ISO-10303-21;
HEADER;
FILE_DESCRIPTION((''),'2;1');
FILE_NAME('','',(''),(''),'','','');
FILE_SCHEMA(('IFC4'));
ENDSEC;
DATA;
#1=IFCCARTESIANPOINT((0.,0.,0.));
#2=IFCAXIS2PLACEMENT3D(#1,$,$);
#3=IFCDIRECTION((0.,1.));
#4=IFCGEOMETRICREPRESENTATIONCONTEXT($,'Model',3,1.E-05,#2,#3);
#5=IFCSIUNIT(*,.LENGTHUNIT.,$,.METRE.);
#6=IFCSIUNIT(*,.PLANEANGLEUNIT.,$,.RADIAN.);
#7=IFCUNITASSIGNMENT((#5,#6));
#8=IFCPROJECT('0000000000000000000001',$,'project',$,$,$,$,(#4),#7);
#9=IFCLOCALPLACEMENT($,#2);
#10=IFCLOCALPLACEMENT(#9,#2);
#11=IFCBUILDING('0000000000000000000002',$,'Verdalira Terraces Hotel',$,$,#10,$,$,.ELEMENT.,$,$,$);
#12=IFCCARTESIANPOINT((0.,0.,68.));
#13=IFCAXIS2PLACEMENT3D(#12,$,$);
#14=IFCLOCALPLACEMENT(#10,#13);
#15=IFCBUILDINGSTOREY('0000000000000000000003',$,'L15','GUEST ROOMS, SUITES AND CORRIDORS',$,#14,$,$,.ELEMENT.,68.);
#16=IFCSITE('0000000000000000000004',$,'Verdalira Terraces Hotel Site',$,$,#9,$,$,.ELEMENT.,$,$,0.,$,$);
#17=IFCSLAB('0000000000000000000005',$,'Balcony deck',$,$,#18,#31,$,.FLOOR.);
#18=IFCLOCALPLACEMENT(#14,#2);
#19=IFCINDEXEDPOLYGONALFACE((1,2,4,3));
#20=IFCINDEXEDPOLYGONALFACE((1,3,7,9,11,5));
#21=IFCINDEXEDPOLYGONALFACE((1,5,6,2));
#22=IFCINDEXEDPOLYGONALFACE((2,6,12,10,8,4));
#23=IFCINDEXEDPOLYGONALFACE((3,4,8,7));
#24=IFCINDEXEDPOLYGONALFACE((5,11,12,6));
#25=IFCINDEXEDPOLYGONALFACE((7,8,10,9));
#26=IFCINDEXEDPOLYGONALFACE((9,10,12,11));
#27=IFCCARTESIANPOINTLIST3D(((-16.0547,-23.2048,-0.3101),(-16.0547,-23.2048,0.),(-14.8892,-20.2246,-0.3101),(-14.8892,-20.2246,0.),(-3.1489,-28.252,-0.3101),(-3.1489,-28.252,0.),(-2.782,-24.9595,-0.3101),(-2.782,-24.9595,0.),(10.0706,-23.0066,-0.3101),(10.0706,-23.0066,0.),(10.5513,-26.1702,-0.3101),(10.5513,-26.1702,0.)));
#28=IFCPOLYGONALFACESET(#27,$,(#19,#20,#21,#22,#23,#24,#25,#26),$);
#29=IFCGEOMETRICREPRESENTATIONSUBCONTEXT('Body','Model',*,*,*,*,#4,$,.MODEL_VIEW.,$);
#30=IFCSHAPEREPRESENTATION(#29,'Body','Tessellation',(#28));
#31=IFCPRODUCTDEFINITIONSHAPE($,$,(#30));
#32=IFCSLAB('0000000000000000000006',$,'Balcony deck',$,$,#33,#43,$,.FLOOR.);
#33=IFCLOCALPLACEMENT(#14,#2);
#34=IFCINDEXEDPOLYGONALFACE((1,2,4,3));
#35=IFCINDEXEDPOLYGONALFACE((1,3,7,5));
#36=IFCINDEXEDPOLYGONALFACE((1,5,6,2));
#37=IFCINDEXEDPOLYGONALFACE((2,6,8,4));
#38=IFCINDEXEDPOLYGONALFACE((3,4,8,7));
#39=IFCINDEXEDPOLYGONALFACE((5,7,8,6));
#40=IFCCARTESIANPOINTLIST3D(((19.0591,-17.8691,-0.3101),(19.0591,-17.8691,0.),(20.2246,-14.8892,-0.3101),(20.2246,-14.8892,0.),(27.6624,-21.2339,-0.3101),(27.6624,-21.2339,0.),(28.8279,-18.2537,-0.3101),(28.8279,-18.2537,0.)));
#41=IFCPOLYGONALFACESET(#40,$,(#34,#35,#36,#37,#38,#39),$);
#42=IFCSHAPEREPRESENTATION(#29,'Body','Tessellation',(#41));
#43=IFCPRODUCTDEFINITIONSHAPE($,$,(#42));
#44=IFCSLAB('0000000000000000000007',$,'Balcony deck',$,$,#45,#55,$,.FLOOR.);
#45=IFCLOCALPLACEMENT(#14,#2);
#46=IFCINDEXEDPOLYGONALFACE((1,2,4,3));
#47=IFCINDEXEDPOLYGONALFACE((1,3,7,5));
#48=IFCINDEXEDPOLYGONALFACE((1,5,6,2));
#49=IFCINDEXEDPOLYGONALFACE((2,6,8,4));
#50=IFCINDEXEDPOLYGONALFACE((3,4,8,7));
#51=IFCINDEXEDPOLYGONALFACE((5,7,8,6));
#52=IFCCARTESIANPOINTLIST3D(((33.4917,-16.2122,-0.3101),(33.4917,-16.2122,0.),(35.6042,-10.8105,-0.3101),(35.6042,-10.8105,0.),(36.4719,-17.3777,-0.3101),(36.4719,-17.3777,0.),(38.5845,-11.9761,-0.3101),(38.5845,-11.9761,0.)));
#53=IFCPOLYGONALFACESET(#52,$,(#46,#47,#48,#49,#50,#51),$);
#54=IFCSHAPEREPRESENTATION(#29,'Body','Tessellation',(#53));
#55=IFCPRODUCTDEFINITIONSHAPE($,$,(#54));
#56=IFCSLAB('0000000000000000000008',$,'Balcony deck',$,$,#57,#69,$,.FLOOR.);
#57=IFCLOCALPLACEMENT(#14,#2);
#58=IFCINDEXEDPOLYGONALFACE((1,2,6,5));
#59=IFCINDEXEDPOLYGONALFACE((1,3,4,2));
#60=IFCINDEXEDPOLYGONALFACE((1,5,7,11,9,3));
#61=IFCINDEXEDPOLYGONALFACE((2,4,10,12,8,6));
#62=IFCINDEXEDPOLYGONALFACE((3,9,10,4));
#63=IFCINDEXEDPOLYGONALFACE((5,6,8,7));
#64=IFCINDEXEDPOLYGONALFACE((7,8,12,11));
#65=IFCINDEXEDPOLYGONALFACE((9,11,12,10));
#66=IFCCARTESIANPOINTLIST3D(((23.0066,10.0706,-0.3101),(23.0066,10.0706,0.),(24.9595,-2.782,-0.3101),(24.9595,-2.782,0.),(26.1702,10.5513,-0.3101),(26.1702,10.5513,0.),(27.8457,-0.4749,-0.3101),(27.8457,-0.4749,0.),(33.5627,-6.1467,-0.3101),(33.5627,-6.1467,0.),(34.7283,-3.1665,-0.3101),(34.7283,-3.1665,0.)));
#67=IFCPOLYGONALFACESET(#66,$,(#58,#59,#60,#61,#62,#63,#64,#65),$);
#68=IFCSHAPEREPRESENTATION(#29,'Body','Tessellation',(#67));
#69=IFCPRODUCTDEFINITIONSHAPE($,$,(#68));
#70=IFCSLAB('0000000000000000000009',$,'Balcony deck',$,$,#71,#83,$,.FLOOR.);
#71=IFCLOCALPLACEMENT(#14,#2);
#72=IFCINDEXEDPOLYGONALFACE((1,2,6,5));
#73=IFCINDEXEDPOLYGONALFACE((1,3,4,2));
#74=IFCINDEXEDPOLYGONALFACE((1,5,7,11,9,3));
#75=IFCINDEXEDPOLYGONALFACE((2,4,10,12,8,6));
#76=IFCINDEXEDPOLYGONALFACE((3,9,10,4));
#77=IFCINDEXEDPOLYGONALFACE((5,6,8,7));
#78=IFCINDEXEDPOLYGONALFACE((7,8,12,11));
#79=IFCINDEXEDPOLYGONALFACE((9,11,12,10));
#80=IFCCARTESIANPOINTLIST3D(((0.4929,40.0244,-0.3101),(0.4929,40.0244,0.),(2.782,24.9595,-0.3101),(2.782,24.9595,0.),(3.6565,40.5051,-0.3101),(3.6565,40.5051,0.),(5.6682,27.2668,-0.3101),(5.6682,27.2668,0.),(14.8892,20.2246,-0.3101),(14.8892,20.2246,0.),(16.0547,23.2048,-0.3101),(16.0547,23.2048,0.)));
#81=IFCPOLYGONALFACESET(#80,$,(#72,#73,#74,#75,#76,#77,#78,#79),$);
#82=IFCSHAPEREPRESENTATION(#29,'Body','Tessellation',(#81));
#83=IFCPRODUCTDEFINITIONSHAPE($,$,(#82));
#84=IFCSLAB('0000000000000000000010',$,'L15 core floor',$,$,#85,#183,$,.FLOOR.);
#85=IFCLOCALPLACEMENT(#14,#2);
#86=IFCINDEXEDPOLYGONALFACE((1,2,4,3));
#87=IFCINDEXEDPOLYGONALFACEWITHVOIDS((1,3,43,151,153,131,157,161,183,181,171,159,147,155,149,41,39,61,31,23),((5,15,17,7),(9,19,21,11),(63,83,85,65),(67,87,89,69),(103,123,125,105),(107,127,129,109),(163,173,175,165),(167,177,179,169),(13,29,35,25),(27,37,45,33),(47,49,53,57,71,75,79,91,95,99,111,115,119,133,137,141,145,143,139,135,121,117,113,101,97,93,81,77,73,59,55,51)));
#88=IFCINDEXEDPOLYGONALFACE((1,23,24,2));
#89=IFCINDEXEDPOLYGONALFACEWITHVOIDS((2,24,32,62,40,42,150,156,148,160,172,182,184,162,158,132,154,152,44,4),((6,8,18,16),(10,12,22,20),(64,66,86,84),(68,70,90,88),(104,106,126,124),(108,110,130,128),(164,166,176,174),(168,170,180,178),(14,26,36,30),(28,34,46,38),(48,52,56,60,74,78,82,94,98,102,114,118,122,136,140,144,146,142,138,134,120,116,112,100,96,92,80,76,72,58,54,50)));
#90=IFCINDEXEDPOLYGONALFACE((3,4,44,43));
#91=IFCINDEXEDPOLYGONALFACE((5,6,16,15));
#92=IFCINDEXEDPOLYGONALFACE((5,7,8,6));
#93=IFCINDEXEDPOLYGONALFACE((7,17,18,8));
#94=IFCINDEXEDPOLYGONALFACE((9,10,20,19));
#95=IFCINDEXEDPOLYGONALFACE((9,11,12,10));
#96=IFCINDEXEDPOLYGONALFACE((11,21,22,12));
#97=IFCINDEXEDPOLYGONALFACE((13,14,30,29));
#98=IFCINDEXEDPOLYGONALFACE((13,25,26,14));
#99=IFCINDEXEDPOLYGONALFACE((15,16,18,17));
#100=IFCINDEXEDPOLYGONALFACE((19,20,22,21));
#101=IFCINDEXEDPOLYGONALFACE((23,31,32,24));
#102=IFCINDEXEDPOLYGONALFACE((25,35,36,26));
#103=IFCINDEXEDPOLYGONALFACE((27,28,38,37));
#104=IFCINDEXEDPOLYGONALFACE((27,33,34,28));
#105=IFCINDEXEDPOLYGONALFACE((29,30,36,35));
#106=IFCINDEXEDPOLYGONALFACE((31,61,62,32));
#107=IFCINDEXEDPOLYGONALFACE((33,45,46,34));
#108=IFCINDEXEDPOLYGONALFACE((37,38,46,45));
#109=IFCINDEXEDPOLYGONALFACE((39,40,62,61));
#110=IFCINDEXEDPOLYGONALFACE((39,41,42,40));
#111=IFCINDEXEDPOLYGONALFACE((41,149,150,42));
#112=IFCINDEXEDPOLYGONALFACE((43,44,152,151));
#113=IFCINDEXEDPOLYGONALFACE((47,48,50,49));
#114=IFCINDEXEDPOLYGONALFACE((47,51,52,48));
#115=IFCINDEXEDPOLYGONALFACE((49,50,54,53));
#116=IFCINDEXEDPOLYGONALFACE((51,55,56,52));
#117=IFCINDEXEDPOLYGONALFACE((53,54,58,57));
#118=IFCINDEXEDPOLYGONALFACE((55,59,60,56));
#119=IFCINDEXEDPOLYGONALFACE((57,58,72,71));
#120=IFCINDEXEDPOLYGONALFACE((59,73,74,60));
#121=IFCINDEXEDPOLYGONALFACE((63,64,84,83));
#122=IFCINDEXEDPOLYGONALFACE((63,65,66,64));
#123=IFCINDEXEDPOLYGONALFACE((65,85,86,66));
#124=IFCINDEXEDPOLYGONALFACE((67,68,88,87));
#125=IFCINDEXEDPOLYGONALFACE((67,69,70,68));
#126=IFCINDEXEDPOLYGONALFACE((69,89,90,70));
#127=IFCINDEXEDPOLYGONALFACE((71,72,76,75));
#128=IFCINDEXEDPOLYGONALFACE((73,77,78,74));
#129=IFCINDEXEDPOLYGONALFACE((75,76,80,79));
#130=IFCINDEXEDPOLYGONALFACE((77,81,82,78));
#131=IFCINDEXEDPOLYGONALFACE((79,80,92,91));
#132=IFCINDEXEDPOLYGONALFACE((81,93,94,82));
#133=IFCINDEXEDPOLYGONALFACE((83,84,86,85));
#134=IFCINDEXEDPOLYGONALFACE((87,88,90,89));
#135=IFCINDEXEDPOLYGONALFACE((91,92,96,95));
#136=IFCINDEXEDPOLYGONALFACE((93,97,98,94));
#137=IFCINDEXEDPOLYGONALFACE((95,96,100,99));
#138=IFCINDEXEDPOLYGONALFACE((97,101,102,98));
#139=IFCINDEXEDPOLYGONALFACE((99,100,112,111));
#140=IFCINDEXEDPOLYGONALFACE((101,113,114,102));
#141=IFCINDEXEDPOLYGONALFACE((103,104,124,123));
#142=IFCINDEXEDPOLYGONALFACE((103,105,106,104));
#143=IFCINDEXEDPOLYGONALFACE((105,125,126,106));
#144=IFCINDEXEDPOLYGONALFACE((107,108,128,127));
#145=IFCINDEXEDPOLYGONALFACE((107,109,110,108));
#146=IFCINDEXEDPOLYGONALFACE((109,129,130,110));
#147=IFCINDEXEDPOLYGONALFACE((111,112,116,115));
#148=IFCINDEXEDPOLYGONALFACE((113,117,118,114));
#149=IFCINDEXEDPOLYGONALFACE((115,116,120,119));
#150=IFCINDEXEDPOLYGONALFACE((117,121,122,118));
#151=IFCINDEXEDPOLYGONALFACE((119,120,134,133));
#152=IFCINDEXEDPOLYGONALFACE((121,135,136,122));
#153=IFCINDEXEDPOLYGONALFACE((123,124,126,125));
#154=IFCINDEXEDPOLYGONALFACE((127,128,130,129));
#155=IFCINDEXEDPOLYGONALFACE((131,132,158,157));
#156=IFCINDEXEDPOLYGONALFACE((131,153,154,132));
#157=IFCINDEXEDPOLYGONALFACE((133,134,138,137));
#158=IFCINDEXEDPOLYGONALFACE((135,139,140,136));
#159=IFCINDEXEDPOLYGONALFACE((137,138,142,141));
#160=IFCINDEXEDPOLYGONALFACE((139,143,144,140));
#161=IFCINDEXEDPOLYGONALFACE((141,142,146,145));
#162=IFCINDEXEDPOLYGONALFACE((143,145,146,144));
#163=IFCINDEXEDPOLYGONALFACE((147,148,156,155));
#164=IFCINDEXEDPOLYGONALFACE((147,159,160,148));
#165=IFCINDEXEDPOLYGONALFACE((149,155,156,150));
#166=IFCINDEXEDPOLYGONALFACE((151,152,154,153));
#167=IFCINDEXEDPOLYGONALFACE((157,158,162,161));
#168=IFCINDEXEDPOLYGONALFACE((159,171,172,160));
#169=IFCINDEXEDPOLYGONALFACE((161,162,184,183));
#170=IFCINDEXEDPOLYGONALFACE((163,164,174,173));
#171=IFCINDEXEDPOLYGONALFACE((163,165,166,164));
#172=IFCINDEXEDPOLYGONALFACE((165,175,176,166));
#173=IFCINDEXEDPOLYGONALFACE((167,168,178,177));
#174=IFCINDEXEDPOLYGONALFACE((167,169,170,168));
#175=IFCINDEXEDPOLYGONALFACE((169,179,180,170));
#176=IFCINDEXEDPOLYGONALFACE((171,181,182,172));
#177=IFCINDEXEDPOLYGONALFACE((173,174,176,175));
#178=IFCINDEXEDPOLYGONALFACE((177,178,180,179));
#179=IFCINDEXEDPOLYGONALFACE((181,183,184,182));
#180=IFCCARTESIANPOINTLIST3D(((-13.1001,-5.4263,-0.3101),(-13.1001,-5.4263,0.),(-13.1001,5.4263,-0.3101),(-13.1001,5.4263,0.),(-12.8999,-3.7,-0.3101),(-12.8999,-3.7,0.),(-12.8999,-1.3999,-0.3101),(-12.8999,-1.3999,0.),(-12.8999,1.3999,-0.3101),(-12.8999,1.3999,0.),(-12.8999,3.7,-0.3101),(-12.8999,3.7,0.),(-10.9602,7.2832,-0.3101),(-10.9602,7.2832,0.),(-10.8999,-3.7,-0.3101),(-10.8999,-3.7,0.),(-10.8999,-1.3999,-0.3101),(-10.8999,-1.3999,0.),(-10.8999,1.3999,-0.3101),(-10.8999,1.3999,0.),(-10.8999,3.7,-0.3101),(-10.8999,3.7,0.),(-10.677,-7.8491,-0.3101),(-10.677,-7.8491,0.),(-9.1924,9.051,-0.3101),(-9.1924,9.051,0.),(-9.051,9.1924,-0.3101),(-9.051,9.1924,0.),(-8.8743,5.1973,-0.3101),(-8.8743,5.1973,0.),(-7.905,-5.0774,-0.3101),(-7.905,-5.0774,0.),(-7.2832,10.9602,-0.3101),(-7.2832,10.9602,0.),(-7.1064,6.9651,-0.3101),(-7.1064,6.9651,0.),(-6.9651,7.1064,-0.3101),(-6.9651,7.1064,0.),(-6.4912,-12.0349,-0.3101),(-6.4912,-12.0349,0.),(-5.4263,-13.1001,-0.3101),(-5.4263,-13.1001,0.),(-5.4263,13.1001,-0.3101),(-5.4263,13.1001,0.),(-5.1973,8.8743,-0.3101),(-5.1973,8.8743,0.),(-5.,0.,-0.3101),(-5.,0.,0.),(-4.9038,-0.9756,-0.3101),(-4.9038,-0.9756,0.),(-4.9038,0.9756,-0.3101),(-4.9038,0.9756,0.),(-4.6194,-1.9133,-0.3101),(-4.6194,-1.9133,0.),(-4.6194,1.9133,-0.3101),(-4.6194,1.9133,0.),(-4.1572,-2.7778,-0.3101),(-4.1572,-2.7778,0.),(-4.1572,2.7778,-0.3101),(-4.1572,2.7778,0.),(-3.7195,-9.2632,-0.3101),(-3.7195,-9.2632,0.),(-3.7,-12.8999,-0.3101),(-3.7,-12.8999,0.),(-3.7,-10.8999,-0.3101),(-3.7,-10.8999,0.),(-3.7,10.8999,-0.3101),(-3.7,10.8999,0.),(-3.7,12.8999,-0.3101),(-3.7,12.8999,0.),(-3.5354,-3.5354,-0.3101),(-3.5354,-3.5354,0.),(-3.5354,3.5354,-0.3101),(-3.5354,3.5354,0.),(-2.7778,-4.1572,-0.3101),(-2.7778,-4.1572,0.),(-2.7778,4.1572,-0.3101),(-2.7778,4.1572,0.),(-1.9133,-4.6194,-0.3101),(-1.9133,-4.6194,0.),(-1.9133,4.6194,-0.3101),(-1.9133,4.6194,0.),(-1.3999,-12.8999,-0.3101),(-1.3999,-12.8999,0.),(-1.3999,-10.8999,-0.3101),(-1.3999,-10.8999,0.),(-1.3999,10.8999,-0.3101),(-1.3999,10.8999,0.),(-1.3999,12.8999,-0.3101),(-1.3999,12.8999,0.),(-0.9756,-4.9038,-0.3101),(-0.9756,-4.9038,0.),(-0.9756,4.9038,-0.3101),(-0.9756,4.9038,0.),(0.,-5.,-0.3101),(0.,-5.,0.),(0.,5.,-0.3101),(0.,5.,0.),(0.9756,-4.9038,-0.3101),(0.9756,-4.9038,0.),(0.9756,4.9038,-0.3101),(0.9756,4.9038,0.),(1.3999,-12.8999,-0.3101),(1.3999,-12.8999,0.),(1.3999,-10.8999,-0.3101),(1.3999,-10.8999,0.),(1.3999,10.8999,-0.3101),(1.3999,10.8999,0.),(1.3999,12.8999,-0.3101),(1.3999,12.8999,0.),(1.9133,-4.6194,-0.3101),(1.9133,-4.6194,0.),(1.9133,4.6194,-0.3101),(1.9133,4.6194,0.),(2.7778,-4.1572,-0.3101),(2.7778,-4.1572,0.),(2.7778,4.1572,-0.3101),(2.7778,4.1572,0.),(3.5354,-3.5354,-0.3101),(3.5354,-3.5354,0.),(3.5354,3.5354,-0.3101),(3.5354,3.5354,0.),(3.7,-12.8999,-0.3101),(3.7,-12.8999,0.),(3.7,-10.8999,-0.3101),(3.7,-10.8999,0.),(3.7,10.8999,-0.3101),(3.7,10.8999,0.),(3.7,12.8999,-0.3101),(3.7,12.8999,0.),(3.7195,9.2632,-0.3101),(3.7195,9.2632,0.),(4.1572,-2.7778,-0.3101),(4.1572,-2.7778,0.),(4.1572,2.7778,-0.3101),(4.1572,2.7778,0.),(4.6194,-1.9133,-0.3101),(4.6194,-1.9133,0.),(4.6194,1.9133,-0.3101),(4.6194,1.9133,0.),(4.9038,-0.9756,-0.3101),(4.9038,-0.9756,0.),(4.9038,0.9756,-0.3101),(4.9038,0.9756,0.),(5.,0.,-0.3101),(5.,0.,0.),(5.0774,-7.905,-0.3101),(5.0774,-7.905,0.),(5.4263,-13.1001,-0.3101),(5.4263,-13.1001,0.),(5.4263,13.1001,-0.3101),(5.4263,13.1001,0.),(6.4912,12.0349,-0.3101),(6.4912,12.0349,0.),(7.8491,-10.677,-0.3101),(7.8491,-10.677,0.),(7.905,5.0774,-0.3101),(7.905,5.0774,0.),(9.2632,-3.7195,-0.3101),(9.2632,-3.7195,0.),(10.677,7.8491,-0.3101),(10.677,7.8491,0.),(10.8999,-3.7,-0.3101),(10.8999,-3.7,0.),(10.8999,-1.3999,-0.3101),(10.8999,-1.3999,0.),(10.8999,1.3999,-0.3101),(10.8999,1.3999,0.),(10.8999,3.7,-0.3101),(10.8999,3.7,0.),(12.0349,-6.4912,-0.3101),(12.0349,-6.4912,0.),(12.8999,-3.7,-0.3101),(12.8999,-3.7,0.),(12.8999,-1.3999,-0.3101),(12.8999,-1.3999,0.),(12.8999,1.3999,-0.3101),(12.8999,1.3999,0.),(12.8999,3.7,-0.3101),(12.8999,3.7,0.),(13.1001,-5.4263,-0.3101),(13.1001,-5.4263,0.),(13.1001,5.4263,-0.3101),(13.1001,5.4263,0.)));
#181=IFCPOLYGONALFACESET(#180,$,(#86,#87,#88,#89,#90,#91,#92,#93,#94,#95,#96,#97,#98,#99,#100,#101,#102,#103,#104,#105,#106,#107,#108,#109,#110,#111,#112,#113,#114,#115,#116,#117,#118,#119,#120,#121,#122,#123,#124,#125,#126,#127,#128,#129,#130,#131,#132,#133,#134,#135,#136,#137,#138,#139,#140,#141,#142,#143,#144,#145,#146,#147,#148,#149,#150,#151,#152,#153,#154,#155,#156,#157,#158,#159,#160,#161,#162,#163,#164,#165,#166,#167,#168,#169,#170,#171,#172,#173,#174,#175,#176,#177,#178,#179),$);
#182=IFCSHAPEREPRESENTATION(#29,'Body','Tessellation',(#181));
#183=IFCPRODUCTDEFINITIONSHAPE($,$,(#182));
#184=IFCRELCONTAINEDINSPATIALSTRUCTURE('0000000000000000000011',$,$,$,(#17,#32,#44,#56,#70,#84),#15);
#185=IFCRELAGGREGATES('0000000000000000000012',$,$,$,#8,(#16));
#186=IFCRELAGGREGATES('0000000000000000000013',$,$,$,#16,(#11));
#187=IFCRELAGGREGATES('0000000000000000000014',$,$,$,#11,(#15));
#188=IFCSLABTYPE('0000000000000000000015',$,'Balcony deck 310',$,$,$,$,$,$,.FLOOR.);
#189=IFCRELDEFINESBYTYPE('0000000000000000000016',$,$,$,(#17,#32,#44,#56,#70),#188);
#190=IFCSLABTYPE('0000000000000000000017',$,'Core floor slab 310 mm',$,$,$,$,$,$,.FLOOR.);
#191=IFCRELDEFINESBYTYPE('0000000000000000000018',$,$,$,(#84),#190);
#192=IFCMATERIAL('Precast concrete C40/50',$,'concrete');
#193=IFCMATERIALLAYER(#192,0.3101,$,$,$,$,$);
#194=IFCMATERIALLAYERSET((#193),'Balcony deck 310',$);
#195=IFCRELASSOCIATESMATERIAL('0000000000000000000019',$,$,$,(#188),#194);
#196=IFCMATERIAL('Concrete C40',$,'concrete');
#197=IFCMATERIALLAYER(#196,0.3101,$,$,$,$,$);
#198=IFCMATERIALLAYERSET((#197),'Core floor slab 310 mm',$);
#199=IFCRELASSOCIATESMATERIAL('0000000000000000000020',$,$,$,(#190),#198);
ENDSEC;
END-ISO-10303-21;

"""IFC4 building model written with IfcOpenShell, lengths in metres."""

from ifc_helpers import new_model, si_unit, direction, frame, origin, place, context, subcontext, project, spatial, polyline, outline, extrude, material, layer, layer_set, type_object, element, save


model = new_model("IFC4")

# Units and contexts
model_context = context("Model", 3, precision=1e-05, world=origin(), true_north=direction((0.0, 1.0)))
body_context = subcontext(model_context, "Body", "Model", "MODEL_VIEW")
ifc_project = project(units=[si_unit("LENGTHUNIT", "METRE"), si_unit("PLANEANGLEUNIT", "RADIAN")], contexts=[model_context])

# Site, building, storey
site_placement = place(None, origin())
site = spatial("IfcSite", under=ifc_project, at=site_placement, Name="Verdalira Terraces Hotel Site", CompositionType="ELEMENT", RefElevation=0.0)
building_placement = place(site_placement, origin())
building = spatial("IfcBuilding", under=site, at=building_placement, Name="Verdalira Terraces Hotel", CompositionType="ELEMENT")
storey_placement = place(building_placement, frame((0.0, 0.0, 68.0)))
storey = spatial("IfcBuildingStorey", under=building, at=storey_placement, Name="L15", Description="GUEST ROOMS, SUITES AND CORRIDORS", CompositionType="ELEMENT", Elevation=68.0)

# Slabs
ifc_material_1 = material(Name="Precast concrete C40/50", Category="concrete")
ifc_layer_1 = layer(ifc_material_1, 0.3101)
ifc_layer_set_1 = layer_set([ifc_layer_1], Name="Balcony deck 310")
slab_type_1 = type_object("IfcSlabType", Name="Balcony deck 310", PredefinedType="FLOOR", material=ifc_layer_set_1)
slab_1_placement = place(storey_placement, frame((0.0, 0.0, -0.3101)))
element("IfcSlab", 1, at=slab_1_placement, inside=storey, type_object=slab_type_1, Name="Balcony deck", PredefinedType="FLOOR", context=body_context, shape_type="SweptSolid", body=[
    extrude(outline(polyline([(-3.1489, -28.252), (10.5513, -26.1702), (10.0706, -23.0066), (-2.782, -24.9595), (-14.8892, -20.2246), (-16.0547, -23.2048), (-3.1489, -28.252)])), origin(), (0.0, 0.0, 1.0), 0.3101),
])
slab_2_placement = place(storey_placement, frame((0.0, 0.0, -0.3101)))
element("IfcSlab", 2, at=slab_2_placement, inside=storey, type_object=slab_type_1, Name="Balcony deck", PredefinedType="FLOOR", context=body_context, shape_type="SweptSolid", body=[
    extrude(outline(polyline([(27.6624, -21.2339), (28.8279, -18.2537), (20.2246, -14.8892), (19.0591, -17.8691), (27.6624, -21.2339)])), origin(), (0.0, 0.0, 1.0), 0.3101),
])
slab_3_placement = place(storey_placement, frame((0.0, 0.0, -0.3101)))
element("IfcSlab", 3, at=slab_3_placement, inside=storey, type_object=slab_type_1, Name="Balcony deck", PredefinedType="FLOOR", context=body_context, shape_type="SweptSolid", body=[
    extrude(outline(polyline([(38.5845, -11.9761), (35.6042, -10.8105), (33.4917, -16.2122), (36.4719, -17.3777), (38.5845, -11.9761)])), origin(), (0.0, 0.0, 1.0), 0.3101),
])
slab_4_placement = place(storey_placement, frame((0.0, 0.0, -0.3101)))
element("IfcSlab", 4, at=slab_4_placement, inside=storey, type_object=slab_type_1, Name="Balcony deck", PredefinedType="FLOOR", context=body_context, shape_type="SweptSolid", body=[
    extrude(outline(polyline([(26.1702, 10.5513), (23.0066, 10.0706), (24.9595, -2.782), (33.5627, -6.1467), (34.7283, -3.1665), (27.8457, -0.4749), (26.1702, 10.5513)])), origin(), (0.0, 0.0, 1.0), 0.3101),
])
slab_5_placement = place(storey_placement, frame((0.0, 0.0, -0.3101)))
element("IfcSlab", 5, at=slab_5_placement, inside=storey, type_object=slab_type_1, Name="Balcony deck", PredefinedType="FLOOR", context=body_context, shape_type="SweptSolid", body=[
    extrude(outline(polyline([(3.6565, 40.5051), (0.4929, 40.0244), (2.782, 24.9595), (14.8892, 20.2246), (16.0547, 23.2048), (5.6682, 27.2668), (3.6565, 40.5051)])), origin(), (0.0, 0.0, 1.0), 0.3101),
])
ifc_material_2 = material(Name="Concrete C40", Category="concrete")
ifc_layer_2 = layer(ifc_material_2, 0.3101)
ifc_layer_set_2 = layer_set([ifc_layer_2], Name="Core floor slab 310 mm")
slab_type_2 = type_object("IfcSlabType", Name="Core floor slab 310 mm", PredefinedType="FLOOR", material=ifc_layer_set_2)
slab_6_placement = place(storey_placement, frame((0.0, 0.0, -0.3101)))
element("IfcSlab", 6, at=slab_6_placement, inside=storey, type_object=slab_type_2, Name="L15 core floor", PredefinedType="FLOOR", context=body_context, shape_type="SweptSolid", body=[
    extrude(outline(polyline([(-5.4263, 13.1001), (5.4263, 13.1001), (6.4912, 12.0349), (3.7195, 9.2632), (7.905, 5.0774), (10.677, 7.8491), (13.1001, 5.4263), (13.1001, -5.4263), (12.0349, -6.4912), (9.2632, -3.7195), (5.0774, -7.905), (7.8491, -10.677), (5.4263, -13.1001), (-5.4263, -13.1001), (-6.4912, -12.0349), (-3.7195, -9.2632), (-7.905, -5.0774), (-10.677, -7.8491), (-13.1001, -5.4263), (-13.1001, 5.4263), (-5.4263, 13.1001)]), holes=[polyline([(12.8999, -3.7), (12.8999, -1.3999), (10.8999, -1.3999), (10.8999, -3.7), (12.8999, -3.7)]), polyline([(12.8999, 1.3999), (12.8999, 3.7), (10.8999, 3.7), (10.8999, 1.3999), (12.8999, 1.3999)]), polyline([(1.3999, 10.8999), (3.7, 10.8999), (3.7, 12.8999), (1.3999, 12.8999), (1.3999, 10.8999)]), polyline([(-3.7, 10.8999), (-1.3999, 10.8999), (-1.3999, 12.8999), (-3.7, 12.8999), (-3.7, 10.8999)]), polyline([(-12.8999, 3.7), (-12.8999, 1.3999), (-10.8999, 1.3999), (-10.8999, 3.7), (-12.8999, 3.7)]), polyline([(-12.8999, -1.3999), (-12.8999, -3.7), (-10.8999, -3.7), (-10.8999, -1.3999), (-12.8999, -1.3999)]), polyline([(-1.3999, -10.8999), (-3.7, -10.8999), (-3.7, -12.8999), (-1.3999, -12.8999), (-1.3999, -10.8999)]), polyline([(3.7, -10.8999), (1.3999, -10.8999), (1.3999, -12.8999), (3.7, -12.8999), (3.7, -10.8999)]), polyline([(-9.051, 9.1924), (-6.9651, 7.1064), (-5.1973, 8.8743), (-7.2832, 10.9602), (-9.051, 9.1924)]), polyline([(-9.1924, 9.051), (-10.9602, 7.2832), (-8.8743, 5.1973), (-7.1064, 6.9651), (-9.1924, 9.051)]), polyline([(3.5354, 3.5354), (2.7778, 4.1572), (1.9133, 4.6194), (0.9756, 4.9038), (0.0, 5.0), (-0.9756, 4.9038), (-1.9133, 4.6194), (-2.7778, 4.1572), (-3.5354, 3.5354), (-4.1572, 2.7778), (-4.6194, 1.9133), (-4.9038, 0.9756), (-5.0, 0.0), (-4.9038, -0.9756), (-4.6194, -1.9133), (-4.1572, -2.7778), (-3.5354, -3.5354), (-2.7778, -4.1572), (-1.9133, -4.6194), (-0.9756, -4.9038), (0.0, -5.0), (0.9756, -4.9038), (1.9133, -4.6194), (2.7778, -4.1572), (3.5354, -3.5354), (4.1572, -2.7778), (4.6194, -1.9133), (4.9038, -0.9756), (5.0, 0.0), (4.9038, 0.9756), (4.6194, 1.9133), (4.1572, 2.7778), (3.5354, 3.5354)])]), origin(), (0.0, 0.0, 1.0), 0.3101),
])

save(model, "model.ifc")
